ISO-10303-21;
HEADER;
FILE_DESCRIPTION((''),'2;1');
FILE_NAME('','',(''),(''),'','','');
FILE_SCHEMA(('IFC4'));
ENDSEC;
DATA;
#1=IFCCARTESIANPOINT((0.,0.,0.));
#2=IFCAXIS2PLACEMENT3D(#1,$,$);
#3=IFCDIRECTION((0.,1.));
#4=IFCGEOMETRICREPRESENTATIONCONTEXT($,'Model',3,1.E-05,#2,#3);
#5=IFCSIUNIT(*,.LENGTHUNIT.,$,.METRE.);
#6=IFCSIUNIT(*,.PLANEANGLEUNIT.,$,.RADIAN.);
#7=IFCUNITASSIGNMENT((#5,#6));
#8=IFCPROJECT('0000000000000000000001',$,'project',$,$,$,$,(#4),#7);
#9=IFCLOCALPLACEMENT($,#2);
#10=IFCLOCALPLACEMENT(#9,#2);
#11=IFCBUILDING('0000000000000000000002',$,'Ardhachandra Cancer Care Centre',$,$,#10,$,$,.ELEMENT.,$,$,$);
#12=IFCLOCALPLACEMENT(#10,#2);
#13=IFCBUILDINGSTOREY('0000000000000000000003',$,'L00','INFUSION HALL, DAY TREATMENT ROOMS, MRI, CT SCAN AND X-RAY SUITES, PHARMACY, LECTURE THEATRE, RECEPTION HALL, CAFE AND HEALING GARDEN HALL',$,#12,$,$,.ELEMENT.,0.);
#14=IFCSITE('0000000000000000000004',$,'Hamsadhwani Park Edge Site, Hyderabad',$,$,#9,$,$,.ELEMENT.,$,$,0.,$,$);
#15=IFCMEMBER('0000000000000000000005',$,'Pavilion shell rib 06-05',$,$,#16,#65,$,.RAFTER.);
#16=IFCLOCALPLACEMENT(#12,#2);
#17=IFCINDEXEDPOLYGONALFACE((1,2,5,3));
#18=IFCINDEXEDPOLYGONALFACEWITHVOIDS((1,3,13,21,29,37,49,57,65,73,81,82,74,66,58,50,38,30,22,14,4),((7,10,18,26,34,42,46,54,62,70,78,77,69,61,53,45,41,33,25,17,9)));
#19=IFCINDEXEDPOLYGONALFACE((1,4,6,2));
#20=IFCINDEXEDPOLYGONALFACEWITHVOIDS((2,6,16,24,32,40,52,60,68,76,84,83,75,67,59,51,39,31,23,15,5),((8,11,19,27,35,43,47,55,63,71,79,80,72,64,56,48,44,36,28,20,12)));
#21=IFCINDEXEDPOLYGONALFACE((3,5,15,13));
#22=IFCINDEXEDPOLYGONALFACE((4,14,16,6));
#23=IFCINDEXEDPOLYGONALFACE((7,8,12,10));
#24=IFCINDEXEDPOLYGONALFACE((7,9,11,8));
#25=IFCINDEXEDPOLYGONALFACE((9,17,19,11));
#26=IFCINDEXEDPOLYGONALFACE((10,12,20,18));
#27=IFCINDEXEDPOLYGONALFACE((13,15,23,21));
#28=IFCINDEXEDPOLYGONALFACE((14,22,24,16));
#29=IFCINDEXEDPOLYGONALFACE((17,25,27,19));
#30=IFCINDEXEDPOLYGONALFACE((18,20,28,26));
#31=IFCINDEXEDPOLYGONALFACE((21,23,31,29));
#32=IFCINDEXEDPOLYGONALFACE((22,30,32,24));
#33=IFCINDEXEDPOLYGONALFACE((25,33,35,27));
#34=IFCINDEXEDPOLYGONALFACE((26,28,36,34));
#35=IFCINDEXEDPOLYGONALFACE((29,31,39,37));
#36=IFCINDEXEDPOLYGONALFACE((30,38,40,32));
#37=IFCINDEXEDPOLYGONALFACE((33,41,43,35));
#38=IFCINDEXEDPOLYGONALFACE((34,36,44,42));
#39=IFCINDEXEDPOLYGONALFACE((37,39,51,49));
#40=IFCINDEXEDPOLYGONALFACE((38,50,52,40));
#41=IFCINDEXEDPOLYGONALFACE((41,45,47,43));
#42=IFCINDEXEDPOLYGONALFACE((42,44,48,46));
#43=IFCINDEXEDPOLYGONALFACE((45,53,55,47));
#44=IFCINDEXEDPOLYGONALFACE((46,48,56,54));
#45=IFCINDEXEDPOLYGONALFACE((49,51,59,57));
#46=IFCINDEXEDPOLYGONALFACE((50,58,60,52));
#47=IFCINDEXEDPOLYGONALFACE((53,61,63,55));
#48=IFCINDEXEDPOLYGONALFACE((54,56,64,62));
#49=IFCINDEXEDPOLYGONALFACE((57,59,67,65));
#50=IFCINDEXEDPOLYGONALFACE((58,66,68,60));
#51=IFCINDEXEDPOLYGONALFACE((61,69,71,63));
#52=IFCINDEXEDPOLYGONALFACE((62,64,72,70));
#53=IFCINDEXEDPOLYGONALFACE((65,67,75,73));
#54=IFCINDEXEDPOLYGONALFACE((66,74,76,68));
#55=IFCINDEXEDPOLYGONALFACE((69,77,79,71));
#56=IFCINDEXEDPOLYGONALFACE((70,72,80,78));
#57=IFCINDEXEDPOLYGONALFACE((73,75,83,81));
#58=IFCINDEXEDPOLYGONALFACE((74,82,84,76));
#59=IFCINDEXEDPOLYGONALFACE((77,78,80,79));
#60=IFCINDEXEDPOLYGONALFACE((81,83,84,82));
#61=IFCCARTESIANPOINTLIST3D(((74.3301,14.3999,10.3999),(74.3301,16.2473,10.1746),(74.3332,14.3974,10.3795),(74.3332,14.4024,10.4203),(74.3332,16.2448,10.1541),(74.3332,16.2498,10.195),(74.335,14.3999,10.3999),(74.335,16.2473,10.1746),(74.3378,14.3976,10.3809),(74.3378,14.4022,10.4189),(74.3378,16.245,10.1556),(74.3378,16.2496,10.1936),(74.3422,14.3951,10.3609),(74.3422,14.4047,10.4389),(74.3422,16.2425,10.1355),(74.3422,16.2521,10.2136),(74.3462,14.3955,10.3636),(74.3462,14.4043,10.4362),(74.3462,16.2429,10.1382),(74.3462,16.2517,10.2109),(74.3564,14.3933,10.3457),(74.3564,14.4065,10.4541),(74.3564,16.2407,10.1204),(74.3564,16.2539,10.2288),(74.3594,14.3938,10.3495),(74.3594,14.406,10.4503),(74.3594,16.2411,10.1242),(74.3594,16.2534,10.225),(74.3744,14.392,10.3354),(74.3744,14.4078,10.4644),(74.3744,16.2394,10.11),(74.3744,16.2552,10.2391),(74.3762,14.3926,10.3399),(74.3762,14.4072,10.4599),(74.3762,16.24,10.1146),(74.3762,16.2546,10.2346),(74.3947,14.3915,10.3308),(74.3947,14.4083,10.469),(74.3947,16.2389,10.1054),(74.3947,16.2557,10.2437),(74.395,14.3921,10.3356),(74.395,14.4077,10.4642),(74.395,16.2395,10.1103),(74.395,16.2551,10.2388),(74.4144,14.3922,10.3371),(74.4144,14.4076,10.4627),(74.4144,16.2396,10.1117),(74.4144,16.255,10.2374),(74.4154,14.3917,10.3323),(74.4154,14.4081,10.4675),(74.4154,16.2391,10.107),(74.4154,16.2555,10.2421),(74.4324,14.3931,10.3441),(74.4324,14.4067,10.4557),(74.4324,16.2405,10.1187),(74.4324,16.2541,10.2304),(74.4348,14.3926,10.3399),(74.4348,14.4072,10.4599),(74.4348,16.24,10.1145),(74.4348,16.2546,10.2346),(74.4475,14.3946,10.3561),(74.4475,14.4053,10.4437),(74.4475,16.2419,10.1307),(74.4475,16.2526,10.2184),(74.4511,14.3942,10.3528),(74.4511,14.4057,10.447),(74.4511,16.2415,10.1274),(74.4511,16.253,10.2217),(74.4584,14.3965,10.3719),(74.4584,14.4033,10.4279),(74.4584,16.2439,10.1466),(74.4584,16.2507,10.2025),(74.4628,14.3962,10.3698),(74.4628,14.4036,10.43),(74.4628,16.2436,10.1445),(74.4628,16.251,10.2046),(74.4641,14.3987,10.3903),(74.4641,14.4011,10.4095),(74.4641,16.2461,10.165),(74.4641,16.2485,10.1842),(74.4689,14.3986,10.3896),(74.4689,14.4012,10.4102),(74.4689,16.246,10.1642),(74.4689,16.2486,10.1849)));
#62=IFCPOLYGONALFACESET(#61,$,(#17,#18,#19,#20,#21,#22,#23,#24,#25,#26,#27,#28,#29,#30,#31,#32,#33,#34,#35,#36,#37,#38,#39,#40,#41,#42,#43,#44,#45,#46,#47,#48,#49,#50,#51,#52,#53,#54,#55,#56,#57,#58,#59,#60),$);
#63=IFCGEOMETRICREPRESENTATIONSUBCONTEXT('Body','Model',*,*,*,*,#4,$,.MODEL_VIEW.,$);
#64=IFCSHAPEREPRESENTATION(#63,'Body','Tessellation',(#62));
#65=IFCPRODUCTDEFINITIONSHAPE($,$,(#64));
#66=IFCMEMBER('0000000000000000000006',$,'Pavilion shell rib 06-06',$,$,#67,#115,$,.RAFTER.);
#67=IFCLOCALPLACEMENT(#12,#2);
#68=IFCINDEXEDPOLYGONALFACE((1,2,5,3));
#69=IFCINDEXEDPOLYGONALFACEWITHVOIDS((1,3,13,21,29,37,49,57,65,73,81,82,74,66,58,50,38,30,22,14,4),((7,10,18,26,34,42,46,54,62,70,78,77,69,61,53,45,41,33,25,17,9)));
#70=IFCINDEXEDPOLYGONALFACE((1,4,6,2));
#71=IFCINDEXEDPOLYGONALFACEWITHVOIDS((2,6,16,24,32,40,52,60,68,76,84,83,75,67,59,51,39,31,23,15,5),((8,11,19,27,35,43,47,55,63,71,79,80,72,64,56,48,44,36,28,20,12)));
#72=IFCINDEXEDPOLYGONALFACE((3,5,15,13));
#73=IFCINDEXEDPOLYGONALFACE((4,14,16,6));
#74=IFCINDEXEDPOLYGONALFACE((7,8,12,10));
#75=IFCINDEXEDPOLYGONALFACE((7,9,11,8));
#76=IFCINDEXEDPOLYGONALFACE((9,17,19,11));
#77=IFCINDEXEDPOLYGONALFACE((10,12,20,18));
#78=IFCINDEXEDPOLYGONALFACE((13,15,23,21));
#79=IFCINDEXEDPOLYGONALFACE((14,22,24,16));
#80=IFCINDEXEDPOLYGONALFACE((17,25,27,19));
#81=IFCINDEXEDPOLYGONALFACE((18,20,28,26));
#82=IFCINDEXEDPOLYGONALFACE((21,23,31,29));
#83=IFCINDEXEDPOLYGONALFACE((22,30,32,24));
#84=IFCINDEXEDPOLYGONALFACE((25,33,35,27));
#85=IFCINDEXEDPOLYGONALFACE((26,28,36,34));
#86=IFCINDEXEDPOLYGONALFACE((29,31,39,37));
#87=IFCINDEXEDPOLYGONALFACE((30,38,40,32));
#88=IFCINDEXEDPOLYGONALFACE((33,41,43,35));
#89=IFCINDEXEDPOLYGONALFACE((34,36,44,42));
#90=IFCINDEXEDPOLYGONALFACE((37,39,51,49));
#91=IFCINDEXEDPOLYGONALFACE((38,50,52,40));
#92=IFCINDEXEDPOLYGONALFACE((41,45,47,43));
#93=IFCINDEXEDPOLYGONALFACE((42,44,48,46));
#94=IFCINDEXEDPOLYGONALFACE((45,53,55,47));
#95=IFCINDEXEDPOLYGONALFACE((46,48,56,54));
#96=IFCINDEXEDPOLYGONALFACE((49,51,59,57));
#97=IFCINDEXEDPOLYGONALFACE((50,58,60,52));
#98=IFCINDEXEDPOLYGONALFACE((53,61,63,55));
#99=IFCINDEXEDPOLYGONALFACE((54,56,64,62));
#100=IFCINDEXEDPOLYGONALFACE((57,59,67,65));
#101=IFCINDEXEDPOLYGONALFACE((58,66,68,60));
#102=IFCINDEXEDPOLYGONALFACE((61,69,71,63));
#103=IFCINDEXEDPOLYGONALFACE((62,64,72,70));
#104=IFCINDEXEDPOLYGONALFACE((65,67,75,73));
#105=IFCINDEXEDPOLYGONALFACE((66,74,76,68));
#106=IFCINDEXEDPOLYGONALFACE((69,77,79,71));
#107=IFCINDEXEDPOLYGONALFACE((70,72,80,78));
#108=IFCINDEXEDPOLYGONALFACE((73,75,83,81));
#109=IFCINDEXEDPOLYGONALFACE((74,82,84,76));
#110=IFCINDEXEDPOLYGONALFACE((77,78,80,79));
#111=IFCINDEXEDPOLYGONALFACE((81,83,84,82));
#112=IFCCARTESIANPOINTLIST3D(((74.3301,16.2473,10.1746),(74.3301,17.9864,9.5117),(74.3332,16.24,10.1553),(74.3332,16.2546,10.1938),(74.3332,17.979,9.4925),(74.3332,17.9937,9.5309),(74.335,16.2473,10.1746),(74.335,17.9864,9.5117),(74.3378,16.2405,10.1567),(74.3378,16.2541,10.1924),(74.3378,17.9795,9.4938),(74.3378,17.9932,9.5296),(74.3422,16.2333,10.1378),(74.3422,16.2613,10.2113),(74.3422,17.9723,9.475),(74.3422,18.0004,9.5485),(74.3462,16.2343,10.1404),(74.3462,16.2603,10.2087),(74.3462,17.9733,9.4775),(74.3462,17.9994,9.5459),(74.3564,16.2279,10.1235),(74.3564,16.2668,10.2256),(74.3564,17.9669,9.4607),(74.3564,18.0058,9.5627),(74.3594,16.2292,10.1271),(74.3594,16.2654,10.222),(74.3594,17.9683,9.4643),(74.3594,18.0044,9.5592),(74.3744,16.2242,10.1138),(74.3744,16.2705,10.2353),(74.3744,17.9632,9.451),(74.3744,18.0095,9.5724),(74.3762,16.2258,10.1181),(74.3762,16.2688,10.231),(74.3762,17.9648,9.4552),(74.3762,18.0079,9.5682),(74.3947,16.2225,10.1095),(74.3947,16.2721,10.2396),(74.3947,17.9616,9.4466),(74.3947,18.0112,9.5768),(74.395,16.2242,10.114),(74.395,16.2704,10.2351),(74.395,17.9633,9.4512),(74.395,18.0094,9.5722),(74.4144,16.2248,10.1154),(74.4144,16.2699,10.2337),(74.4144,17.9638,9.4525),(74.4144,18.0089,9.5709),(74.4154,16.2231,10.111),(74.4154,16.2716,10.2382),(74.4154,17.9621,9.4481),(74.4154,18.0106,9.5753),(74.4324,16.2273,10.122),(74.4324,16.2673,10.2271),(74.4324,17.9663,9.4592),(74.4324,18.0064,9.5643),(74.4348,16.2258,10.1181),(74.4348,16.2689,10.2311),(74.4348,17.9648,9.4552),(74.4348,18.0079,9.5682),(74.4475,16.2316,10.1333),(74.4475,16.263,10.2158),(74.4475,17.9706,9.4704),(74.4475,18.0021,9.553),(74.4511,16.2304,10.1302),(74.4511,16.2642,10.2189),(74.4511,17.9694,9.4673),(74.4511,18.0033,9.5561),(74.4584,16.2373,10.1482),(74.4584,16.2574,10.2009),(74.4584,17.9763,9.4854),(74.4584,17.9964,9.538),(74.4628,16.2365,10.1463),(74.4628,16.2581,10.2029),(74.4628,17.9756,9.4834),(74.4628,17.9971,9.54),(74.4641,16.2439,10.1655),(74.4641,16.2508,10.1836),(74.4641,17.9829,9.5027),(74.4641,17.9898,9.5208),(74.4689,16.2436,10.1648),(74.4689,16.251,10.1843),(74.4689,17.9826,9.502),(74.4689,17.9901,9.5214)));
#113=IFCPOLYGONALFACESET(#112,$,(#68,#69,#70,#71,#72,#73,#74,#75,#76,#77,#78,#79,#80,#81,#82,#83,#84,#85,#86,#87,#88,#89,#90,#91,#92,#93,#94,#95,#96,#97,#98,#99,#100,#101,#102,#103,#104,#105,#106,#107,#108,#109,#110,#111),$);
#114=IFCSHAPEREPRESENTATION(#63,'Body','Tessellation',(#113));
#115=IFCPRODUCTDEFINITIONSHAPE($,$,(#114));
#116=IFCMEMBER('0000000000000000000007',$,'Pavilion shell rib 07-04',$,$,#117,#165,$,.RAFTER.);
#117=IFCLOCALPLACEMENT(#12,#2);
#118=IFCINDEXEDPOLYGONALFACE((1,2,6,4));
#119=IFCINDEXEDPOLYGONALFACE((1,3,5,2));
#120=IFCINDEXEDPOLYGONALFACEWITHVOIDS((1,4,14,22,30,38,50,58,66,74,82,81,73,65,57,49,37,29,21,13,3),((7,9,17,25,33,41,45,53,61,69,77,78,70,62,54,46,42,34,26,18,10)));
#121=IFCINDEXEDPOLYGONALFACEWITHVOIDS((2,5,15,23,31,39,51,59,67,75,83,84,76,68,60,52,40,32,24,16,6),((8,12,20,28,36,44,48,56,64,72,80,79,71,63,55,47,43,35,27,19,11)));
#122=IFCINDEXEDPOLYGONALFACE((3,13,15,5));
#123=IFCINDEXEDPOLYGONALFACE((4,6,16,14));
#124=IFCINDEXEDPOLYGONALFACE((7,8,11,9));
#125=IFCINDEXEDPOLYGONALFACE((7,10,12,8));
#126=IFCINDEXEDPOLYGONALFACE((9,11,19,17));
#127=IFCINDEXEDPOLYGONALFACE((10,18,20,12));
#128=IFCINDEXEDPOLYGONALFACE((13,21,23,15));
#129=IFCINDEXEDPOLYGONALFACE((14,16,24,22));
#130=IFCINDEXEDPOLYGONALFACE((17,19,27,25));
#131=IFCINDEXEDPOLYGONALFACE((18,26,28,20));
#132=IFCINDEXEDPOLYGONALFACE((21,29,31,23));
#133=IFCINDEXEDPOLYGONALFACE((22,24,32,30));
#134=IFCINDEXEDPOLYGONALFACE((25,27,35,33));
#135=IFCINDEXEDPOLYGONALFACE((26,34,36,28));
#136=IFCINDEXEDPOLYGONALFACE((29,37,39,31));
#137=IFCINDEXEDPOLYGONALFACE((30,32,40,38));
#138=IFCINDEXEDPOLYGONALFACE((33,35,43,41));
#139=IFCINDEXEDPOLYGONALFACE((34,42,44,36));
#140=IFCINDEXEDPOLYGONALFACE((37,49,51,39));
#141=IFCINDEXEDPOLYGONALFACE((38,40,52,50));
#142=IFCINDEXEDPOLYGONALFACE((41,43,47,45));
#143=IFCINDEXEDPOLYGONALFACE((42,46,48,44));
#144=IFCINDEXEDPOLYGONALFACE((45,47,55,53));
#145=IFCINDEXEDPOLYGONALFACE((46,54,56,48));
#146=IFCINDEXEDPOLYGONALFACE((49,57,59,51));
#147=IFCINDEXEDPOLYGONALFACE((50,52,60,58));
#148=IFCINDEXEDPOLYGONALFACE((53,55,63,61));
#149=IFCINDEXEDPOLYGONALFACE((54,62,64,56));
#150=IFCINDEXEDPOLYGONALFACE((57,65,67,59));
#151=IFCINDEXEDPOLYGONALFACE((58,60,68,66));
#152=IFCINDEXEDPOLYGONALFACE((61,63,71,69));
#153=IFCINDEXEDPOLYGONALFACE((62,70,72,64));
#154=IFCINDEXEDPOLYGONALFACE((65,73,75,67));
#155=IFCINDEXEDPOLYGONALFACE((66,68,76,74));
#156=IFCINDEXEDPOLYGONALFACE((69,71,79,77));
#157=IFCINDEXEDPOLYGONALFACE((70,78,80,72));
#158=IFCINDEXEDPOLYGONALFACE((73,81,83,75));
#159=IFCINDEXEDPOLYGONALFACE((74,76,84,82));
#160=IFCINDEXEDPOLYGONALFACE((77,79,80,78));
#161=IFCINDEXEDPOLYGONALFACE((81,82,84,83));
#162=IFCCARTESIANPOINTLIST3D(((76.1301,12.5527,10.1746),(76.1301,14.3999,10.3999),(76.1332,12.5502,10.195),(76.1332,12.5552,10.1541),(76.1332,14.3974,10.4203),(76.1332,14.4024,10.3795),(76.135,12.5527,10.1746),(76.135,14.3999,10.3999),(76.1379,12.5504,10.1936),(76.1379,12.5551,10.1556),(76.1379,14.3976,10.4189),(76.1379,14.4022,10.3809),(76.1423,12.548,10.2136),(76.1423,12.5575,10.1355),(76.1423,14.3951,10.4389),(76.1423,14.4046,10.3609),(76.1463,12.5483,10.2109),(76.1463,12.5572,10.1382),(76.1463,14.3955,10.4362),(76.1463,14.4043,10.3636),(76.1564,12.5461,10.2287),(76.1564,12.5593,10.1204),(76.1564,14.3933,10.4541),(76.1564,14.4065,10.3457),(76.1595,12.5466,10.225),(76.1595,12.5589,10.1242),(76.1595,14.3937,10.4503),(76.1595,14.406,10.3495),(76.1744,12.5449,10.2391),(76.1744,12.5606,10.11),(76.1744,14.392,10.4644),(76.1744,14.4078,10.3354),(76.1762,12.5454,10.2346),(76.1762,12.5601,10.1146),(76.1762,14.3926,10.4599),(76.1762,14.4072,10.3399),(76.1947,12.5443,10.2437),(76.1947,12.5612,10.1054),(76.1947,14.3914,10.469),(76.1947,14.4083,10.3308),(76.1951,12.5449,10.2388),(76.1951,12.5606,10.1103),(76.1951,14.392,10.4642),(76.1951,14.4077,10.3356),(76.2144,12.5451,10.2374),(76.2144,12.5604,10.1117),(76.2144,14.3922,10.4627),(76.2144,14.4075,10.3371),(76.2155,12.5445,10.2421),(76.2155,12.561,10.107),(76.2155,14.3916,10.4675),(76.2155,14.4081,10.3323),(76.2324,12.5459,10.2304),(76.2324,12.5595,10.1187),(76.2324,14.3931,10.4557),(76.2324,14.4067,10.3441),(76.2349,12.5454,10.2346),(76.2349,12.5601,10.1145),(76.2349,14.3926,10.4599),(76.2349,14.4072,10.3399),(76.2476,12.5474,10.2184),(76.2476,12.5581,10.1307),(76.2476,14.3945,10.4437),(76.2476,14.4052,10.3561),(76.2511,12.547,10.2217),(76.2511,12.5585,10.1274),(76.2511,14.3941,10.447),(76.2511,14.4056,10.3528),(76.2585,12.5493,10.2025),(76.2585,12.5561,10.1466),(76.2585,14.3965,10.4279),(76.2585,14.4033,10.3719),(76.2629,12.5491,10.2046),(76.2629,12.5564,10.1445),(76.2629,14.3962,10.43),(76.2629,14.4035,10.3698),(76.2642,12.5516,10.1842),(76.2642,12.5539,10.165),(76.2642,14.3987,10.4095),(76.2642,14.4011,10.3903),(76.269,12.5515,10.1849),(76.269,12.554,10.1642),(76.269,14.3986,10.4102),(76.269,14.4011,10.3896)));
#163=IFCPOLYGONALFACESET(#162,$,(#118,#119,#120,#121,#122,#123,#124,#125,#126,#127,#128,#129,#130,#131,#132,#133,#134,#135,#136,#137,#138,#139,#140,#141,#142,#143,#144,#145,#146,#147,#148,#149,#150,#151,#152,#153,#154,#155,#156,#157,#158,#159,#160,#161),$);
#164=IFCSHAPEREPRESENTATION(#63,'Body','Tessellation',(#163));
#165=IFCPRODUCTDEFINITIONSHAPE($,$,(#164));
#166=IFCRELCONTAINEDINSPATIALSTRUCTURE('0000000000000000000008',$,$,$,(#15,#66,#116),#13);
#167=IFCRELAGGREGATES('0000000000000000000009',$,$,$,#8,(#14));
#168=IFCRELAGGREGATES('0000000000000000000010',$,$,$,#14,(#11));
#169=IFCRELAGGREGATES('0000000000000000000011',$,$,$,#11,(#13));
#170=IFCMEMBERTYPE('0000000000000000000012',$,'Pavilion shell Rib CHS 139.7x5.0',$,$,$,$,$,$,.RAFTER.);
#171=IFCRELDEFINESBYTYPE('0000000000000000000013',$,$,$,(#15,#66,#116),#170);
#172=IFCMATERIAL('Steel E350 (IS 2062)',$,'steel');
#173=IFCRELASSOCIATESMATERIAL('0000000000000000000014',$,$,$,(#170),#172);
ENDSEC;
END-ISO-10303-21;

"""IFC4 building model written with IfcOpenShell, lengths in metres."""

from ifc_helpers import new_model, si_unit, direction, frame, origin, origin_2d, place, context, subcontext, project, spatial, hollow_circle, extrude, material, material_profile, profile_set, type_object, element, save


model = new_model("IFC4")

# Units and contexts
model_context = context("Model", 3, precision=1e-05, world=origin(), true_north=direction((0.0, 1.0)))
body_context = subcontext(model_context, "Body", "Model", "MODEL_VIEW")
ifc_project = project(units=[si_unit("LENGTHUNIT", "METRE"), si_unit("PLANEANGLEUNIT", "RADIAN")], contexts=[model_context])

# Site, building, storey
site_placement = place(None, origin())
site = spatial("IfcSite", under=ifc_project, at=site_placement, Name="Hamsadhwani Park Edge Site, Hyderabad", CompositionType="ELEMENT", RefElevation=0.0)
building_placement = place(site_placement, origin())
building = spatial("IfcBuilding", under=site, at=building_placement, Name="Ardhachandra Cancer Care Centre", CompositionType="ELEMENT")
storey_placement = place(building_placement, origin())
storey = spatial("IfcBuildingStorey", under=building, at=storey_placement, Name="L00", Description="INFUSION HALL, DAY TREATMENT ROOMS, MRI, CT SCAN AND X-RAY SUITES, PHARMACY, LECTURE THEATRE, RECEPTION HALL, CAFE AND HEALING GARDEN HALL", CompositionType="ELEMENT", Elevation=0.0)

# Members
ifc_material_1 = material(Name="Steel E350 (IS 2062)", Category="steel")
ifc_material_profile_1 = material_profile(ifc_material_1, hollow_circle(Radius=0.0698, WallThickness=0.0049, at=origin_2d()), Name="CHS 139.7x5.0")
ifc_profile_set_1 = profile_set([ifc_material_profile_1], Name="Steel E350 (IS 2062)")
member_type_1 = type_object("IfcMemberType", Name="Pavilion shell Rib CHS 139.7x5.0", PredefinedType="RAFTER", material=ifc_profile_set_1)
for number, where, z_axis, x_axis, name in (
    (1, (74.3999, 14.3999, 10.3999), (0.0, 0.992643, -0.12108), (-1.0, 0.0, 0.0), "Pavilion shell rib 06-05"),
    (2, (74.3999, 16.2473, 10.1746), (0.0, 0.934423, -0.356164), (-1.0, 0.0, 0.0), "Pavilion shell rib 06-06"),
):
    element("IfcMember", number, at=place(storey_placement, frame(where, z_axis=z_axis, x_axis=x_axis)), inside=storey, type_object=member_type_1, Name=name, PredefinedType="RAFTER", context=body_context, shape_type="SweptSolid", body=[
        extrude(hollow_circle(Radius=0.0698, WallThickness=0.0049, at=origin_2d()), origin(), (0.0, 0.0, 1.0), 1.8611),
    ])
member_1_placement = place(storey_placement, frame((76.2, 12.5527, 10.1746), z_axis=(0.0, 0.992641, 0.121095), x_axis=(-1.0, 0.0, 0.0)))
element("IfcMember", 3, at=member_1_placement, inside=storey, type_object=member_type_1, Name="Pavilion shell rib 07-04", PredefinedType="RAFTER", context=body_context, shape_type="SweptSolid", body=[
    extrude(hollow_circle(Radius=0.0698, WallThickness=0.0049, at=origin_2d()), origin(), (0.0, 0.0, 1.0), 1.8608),
])

save(model, "model.ifc")
